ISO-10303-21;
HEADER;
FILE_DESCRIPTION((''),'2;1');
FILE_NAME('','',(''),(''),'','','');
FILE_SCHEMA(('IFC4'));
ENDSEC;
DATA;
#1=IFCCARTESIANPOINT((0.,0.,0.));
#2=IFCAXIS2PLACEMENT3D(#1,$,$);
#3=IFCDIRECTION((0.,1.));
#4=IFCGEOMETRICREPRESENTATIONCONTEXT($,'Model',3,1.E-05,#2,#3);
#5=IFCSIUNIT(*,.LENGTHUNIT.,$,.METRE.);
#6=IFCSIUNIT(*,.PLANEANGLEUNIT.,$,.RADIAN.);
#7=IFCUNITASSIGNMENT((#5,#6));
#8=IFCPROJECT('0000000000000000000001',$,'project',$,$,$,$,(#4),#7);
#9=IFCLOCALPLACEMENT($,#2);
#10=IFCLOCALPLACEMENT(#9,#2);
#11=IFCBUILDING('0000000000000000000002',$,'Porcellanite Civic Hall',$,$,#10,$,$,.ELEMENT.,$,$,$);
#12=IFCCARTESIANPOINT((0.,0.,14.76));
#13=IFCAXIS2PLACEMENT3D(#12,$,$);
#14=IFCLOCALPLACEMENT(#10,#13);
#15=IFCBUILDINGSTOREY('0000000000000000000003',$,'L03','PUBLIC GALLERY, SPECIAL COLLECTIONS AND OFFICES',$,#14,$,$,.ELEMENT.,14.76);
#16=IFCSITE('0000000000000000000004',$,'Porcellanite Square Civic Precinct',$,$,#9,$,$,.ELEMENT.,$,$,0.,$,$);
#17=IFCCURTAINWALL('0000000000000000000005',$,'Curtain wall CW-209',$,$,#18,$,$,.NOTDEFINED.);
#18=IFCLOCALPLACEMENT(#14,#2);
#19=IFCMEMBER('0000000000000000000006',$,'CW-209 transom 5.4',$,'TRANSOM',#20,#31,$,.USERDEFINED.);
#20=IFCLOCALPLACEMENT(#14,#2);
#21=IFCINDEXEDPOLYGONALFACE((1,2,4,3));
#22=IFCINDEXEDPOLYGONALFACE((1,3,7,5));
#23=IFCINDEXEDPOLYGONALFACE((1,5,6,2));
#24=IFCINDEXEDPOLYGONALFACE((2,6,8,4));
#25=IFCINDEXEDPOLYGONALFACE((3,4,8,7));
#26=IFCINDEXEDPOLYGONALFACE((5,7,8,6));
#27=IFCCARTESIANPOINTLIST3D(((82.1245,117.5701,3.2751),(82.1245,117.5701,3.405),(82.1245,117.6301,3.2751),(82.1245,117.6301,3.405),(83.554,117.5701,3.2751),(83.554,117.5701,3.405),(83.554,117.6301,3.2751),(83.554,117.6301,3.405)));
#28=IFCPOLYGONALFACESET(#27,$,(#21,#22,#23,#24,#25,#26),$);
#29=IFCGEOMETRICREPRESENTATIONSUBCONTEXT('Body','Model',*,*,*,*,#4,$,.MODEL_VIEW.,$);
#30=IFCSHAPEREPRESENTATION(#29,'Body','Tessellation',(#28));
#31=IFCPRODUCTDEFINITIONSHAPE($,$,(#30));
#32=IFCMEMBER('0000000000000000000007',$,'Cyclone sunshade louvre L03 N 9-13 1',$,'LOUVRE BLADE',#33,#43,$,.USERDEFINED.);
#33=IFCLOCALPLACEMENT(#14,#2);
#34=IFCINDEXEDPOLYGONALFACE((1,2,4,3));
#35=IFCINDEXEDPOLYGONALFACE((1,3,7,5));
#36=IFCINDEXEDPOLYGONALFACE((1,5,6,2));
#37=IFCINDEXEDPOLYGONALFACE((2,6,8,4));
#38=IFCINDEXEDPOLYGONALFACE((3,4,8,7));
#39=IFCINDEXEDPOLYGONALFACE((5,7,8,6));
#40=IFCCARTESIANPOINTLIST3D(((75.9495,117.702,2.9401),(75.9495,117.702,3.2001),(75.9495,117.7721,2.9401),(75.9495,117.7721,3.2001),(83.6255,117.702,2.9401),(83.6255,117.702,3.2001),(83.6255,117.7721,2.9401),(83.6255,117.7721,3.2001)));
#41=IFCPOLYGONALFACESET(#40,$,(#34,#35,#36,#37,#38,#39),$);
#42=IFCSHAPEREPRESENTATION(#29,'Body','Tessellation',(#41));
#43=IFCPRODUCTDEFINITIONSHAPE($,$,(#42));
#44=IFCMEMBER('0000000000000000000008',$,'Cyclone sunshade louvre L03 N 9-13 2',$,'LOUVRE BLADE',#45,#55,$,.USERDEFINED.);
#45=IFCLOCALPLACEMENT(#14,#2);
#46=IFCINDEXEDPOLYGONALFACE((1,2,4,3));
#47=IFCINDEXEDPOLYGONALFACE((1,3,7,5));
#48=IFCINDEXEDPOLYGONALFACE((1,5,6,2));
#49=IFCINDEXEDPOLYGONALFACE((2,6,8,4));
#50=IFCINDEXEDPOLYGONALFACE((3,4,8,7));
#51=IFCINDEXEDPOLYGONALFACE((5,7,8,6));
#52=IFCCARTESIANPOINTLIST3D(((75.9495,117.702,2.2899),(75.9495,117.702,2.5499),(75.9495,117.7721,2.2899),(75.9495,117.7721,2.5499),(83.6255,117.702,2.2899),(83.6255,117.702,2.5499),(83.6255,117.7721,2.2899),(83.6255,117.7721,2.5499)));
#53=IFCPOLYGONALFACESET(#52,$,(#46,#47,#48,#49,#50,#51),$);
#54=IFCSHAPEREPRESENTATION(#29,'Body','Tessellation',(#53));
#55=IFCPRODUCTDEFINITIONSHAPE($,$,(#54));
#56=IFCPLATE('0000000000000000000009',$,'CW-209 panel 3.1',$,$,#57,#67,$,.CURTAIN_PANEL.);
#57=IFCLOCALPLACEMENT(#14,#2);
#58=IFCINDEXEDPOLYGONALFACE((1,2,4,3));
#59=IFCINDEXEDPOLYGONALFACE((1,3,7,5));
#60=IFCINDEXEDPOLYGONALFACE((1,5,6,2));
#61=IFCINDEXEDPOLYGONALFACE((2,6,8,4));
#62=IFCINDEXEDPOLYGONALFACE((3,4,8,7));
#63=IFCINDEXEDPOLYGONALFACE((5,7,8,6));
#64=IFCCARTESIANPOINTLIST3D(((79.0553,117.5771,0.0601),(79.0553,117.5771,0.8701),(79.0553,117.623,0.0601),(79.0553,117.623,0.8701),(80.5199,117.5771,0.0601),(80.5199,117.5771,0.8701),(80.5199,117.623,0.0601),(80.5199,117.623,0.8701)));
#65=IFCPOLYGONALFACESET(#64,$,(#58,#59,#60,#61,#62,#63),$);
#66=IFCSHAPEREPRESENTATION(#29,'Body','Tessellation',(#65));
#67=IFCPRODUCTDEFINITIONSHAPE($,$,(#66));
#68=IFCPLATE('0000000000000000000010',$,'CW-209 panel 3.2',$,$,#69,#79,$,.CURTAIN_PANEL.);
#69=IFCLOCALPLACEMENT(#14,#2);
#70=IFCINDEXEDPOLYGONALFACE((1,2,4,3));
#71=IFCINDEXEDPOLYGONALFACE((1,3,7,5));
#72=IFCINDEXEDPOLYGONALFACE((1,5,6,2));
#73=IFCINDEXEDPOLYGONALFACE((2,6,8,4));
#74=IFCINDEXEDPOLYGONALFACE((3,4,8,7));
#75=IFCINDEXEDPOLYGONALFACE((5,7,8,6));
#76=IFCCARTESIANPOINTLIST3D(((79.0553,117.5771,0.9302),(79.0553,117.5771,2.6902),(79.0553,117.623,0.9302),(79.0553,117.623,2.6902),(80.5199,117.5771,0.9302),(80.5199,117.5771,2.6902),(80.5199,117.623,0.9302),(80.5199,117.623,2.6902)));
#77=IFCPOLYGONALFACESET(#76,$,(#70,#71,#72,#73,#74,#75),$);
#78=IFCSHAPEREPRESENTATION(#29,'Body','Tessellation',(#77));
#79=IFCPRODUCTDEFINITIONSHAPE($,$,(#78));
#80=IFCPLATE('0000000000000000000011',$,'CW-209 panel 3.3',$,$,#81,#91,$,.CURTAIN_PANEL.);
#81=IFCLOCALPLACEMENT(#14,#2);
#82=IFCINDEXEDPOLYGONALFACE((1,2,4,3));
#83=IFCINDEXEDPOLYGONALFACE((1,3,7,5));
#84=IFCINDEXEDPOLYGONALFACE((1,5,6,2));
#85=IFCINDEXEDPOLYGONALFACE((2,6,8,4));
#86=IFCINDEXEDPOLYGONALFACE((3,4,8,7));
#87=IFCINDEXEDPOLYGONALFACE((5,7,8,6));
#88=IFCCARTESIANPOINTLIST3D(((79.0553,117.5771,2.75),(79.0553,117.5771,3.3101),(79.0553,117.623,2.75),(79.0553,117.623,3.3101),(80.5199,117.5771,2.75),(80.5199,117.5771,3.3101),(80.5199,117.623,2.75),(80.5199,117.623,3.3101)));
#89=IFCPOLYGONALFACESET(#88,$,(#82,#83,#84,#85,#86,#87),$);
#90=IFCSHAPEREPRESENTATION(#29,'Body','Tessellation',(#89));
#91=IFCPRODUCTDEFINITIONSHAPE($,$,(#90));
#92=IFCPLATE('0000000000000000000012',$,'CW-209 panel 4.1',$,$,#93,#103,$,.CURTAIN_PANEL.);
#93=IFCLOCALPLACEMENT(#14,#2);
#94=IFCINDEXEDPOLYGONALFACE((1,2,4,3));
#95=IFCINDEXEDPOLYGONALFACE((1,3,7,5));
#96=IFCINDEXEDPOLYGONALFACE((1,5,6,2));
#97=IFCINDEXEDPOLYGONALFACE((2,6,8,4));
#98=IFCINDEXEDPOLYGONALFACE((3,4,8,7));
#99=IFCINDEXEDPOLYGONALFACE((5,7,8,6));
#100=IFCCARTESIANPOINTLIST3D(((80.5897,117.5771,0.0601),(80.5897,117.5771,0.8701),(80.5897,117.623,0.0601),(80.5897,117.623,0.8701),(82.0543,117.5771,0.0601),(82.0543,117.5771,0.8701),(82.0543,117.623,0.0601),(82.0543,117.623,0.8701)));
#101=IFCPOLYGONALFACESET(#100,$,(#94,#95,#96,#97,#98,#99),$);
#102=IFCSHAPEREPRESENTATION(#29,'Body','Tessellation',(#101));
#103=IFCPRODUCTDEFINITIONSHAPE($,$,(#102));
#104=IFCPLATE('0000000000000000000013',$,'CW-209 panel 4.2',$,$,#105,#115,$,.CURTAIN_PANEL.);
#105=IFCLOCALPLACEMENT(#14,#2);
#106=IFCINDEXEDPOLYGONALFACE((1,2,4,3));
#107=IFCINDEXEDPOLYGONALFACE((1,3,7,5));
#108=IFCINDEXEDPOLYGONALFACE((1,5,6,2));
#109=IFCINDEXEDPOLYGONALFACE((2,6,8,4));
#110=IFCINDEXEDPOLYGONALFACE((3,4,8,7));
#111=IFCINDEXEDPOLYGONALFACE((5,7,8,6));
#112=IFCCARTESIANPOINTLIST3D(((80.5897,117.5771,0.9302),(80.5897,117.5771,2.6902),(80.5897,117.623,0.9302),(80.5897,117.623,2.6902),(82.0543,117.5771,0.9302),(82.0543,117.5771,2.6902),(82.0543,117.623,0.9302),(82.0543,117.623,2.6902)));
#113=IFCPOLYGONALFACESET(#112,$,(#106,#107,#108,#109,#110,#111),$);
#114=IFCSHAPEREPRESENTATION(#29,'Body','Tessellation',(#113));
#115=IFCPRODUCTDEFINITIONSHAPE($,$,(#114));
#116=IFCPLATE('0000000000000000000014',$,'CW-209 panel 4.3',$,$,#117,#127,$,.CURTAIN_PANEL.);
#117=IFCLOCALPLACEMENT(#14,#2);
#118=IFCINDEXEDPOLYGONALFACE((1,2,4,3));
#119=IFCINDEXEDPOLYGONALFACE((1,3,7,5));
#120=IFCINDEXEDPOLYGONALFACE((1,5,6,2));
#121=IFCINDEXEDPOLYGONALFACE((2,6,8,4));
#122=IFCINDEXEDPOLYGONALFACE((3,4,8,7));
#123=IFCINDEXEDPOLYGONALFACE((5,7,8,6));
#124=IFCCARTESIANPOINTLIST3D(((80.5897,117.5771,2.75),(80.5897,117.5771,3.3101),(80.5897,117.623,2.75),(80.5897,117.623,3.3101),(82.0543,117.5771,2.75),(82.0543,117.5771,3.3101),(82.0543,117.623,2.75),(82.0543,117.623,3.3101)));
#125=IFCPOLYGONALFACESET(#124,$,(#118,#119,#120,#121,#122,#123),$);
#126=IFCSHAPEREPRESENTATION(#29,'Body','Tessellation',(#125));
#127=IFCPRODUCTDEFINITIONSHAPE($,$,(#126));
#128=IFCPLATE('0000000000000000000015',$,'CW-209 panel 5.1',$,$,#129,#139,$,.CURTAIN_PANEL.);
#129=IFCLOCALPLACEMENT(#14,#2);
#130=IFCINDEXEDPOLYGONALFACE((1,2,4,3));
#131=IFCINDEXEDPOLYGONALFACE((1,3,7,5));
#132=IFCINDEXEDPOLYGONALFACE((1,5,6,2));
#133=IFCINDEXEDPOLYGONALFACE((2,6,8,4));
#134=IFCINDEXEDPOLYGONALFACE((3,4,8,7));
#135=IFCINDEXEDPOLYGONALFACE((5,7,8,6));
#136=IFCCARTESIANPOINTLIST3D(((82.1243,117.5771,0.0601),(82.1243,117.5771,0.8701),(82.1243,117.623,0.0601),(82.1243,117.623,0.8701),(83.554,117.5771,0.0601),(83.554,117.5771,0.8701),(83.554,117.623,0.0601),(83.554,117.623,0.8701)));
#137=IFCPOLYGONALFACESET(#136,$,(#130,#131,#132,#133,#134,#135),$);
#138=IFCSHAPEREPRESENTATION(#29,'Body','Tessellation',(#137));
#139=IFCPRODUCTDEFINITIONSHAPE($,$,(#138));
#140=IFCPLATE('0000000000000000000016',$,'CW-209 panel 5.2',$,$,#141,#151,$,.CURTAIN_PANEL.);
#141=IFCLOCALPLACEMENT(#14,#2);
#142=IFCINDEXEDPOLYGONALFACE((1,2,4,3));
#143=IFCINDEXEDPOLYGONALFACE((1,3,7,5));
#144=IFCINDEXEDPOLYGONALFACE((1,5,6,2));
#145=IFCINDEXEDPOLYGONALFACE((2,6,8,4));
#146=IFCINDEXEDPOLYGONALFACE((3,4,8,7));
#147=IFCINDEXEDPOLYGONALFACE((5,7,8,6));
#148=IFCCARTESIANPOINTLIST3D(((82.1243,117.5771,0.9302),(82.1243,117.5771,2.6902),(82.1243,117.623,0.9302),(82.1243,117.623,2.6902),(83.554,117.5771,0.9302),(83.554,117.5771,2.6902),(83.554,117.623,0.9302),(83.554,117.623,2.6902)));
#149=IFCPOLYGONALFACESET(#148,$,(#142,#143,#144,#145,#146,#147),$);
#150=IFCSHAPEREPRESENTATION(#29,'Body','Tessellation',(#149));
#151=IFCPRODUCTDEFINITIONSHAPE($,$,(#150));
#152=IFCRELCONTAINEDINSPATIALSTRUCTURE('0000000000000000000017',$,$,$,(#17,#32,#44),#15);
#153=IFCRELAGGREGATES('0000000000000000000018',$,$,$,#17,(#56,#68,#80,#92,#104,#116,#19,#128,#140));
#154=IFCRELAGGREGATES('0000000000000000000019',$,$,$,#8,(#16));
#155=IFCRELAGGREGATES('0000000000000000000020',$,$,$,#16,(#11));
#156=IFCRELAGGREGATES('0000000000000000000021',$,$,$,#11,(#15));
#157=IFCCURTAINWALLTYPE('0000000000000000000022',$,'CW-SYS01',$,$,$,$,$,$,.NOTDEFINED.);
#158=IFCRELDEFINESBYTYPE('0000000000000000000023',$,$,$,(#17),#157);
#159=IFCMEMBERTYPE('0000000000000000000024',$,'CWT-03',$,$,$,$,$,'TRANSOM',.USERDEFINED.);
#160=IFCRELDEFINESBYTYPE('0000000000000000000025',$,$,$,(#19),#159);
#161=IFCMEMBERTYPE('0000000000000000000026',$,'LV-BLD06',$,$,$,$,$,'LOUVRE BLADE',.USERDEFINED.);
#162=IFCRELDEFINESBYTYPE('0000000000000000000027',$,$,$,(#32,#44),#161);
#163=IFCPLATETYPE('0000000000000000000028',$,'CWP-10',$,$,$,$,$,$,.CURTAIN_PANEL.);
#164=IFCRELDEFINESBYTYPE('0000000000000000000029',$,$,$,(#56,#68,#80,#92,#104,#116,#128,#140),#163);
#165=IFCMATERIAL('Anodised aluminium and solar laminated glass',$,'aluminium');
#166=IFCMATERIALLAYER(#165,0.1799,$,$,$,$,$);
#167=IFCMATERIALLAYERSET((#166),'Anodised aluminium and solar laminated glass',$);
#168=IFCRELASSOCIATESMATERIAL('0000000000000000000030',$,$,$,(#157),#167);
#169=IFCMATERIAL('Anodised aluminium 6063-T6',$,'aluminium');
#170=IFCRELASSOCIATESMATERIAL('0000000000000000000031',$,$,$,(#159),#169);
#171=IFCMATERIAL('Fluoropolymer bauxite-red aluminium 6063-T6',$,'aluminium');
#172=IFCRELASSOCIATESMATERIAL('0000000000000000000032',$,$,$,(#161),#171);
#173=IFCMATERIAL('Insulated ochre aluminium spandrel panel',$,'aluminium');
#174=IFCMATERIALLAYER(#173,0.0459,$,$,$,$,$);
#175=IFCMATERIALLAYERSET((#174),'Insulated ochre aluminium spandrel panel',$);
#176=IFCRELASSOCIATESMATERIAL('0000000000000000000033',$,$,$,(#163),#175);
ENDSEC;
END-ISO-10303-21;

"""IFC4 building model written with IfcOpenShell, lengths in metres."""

from ifc_helpers import new_model, si_unit, direction, frame, origin, origin_2d, place, context, subcontext, project, spatial, rectangle, extrude, material, layer, layer_set, material_profile, profile_set, type_object, element, aggregate, save


model = new_model("IFC4")

# Units and contexts
model_context = context("Model", 3, precision=1e-05, world=origin(), true_north=direction((0.0, 1.0)))
body_context = subcontext(model_context, "Body", "Model", "MODEL_VIEW")
ifc_project = project(units=[si_unit("LENGTHUNIT", "METRE"), si_unit("PLANEANGLEUNIT", "RADIAN")], contexts=[model_context])

# Site, building, storey
site_placement = place(None, origin())
site = spatial("IfcSite", under=ifc_project, at=site_placement, Name="Porcellanite Square Civic Precinct", CompositionType="ELEMENT", RefElevation=0.0)
building_placement = place(site_placement, origin())
building = spatial("IfcBuilding", under=site, at=building_placement, Name="Porcellanite Civic Hall", CompositionType="ELEMENT")
storey_placement = place(building_placement, frame((0.0, 0.0, 14.76)))
storey = spatial("IfcBuildingStorey", under=building, at=storey_placement, Name="L03", Description="PUBLIC GALLERY, SPECIAL COLLECTIONS AND OFFICES", CompositionType="ELEMENT", Elevation=14.76)

# Curtain wall, member
ifc_material_1 = material(Name="Anodised aluminium and solar laminated glass", Category="aluminium")
ifc_layer_1 = layer(ifc_material_1, 0.1799)
ifc_layer_set_1 = layer_set([ifc_layer_1], Name="Anodised aluminium and solar laminated glass")
curtain_wall_type = type_object("IfcCurtainWallType", Name="CW-SYS01", PredefinedType="NOTDEFINED", material=ifc_layer_set_1)
curtain_wall_placement = place(storey_placement, origin())
curtain_wall = element("IfcCurtainWall", 1, at=curtain_wall_placement, inside=storey, type_object=curtain_wall_type, Name="Curtain wall CW-209", PredefinedType="NOTDEFINED")
ifc_material_2 = material(Name="Anodised aluminium 6063-T6", Category="aluminium")
ifc_material_profile_1 = material_profile(ifc_material_2, rectangle(XDim=0.0601, YDim=0.1299, at=origin_2d()), Name="AL-60x130")
ifc_profile_set_1 = profile_set([ifc_material_profile_1], Name="Anodised aluminium 6063-T6")
member_type_1 = type_object("IfcMemberType", Name="CWT-03", ElementType="TRANSOM", PredefinedType="USERDEFINED", material=ifc_profile_set_1)
member_1_placement = place(storey_placement, frame((82.1245, 117.6001, 3.3401), z_axis=(1.0, 0.0, 0.0), x_axis=(0.0, 1.0, 0.0)))
member_1 = element("IfcMember", 2, at=member_1_placement, type_object=member_type_1, Name="CW-209 transom 5.4", ObjectType="TRANSOM", PredefinedType="USERDEFINED", context=body_context, shape_type="SweptSolid", body=[
    extrude(rectangle(XDim=0.0601, YDim=0.1299, at=origin_2d()), origin(), (0.0, 0.0, 1.0), 1.4294),
])

# Members
ifc_material_3 = material(Name="Fluoropolymer bauxite-red aluminium 6063-T6", Category="aluminium")
ifc_material_profile_2 = material_profile(ifc_material_3, rectangle(XDim=0.0701, YDim=0.26, at=origin_2d()), Name="AL-70x260")
ifc_profile_set_2 = profile_set([ifc_material_profile_2], Name="Fluoropolymer bauxite-red aluminium 6063-T6")
member_type_2 = type_object("IfcMemberType", Name="LV-BLD06", ElementType="LOUVRE BLADE", PredefinedType="USERDEFINED", material=ifc_profile_set_2)
for number, where, z_axis, x_axis, name in (
    (3, (75.9495, 117.7371, 3.0701), (1.0, 0.0, 0.0), (0.0, 1.0, 0.0), "Cyclone sunshade louvre L03 N 9-13 1"),
    (4, (75.9495, 117.7371, 2.4199), (1.0, 0.0, 0.0), (0.0, 1.0, 0.0), "Cyclone sunshade louvre L03 N 9-13 2"),
):
    element("IfcMember", number, at=place(storey_placement, frame(where, z_axis=z_axis, x_axis=x_axis)), inside=storey, type_object=member_type_2, Name=name, ObjectType="LOUVRE BLADE", PredefinedType="USERDEFINED", context=body_context, shape_type="SweptSolid", body=[
        extrude(rectangle(XDim=0.0701, YDim=0.26, at=origin_2d()), origin(), (0.0, 0.0, 1.0), 7.676),
    ])

# Plates
ifc_material_4 = material(Name="Insulated ochre aluminium spandrel panel", Category="aluminium")
ifc_layer_2 = layer(ifc_material_4, 0.0459)
ifc_layer_set_2 = layer_set([ifc_layer_2], Name="Insulated ochre aluminium spandrel panel")
plate_type = type_object("IfcPlateType", Name="CWP-10", PredefinedType="CURTAIN_PANEL", material=ifc_layer_set_2)
plate_1_placement = place(storey_placement, frame((79.7876, 117.6001, 0.0601), z_axis=(0.0, 0.0, 1.0), x_axis=(1.0, 0.0, 0.0)))
plate_1 = element("IfcPlate", 5, at=plate_1_placement, type_object=plate_type, Name="CW-209 panel 3.1", PredefinedType="CURTAIN_PANEL", context=body_context, shape_type="SweptSolid", body=[
    extrude(rectangle(XDim=1.4646, YDim=0.0459, at=origin_2d()), origin(), (0.0, 0.0, 1.0), 0.8101),
])
plate_2_placement = place(storey_placement, frame((79.7876, 117.6001, 0.9302), z_axis=(0.0, 0.0, 1.0), x_axis=(1.0, 0.0, 0.0)))
plate_2 = element("IfcPlate", 6, at=plate_2_placement, type_object=plate_type, Name="CW-209 panel 3.2", PredefinedType="CURTAIN_PANEL", context=body_context, shape_type="SweptSolid", body=[
    extrude(rectangle(XDim=1.4646, YDim=0.0459, at=origin_2d()), origin(), (0.0, 0.0, 1.0), 1.76),
])
plate_3_placement = place(storey_placement, frame((79.7876, 117.6001, 2.75), z_axis=(0.0, 0.0, 1.0), x_axis=(1.0, 0.0, 0.0)))
plate_3 = element("IfcPlate", 7, at=plate_3_placement, type_object=plate_type, Name="CW-209 panel 3.3", PredefinedType="CURTAIN_PANEL", context=body_context, shape_type="SweptSolid", body=[
    extrude(rectangle(XDim=1.4646, YDim=0.0459, at=origin_2d()), origin(), (0.0, 0.0, 1.0), 0.5601),
])
plate_4_placement = place(storey_placement, frame((81.322, 117.6001, 0.0601), z_axis=(0.0, 0.0, 1.0), x_axis=(1.0, 0.0, 0.0)))
plate_4 = element("IfcPlate", 8, at=plate_4_placement, type_object=plate_type, Name="CW-209 panel 4.1", PredefinedType="CURTAIN_PANEL", context=body_context, shape_type="SweptSolid", body=[
    extrude(rectangle(XDim=1.4646, YDim=0.0459, at=origin_2d()), origin(), (0.0, 0.0, 1.0), 0.8101),
])
plate_5_placement = place(storey_placement, frame((81.322, 117.6001, 0.9302), z_axis=(0.0, 0.0, 1.0), x_axis=(1.0, 0.0, 0.0)))
plate_5 = element("IfcPlate", 9, at=plate_5_placement, type_object=plate_type, Name="CW-209 panel 4.2", PredefinedType="CURTAIN_PANEL", context=body_context, shape_type="SweptSolid", body=[
    extrude(rectangle(XDim=1.4646, YDim=0.0459, at=origin_2d()), origin(), (0.0, 0.0, 1.0), 1.76),
])
plate_6_placement = place(storey_placement, frame((81.322, 117.6001, 2.75), z_axis=(0.0, 0.0, 1.0), x_axis=(1.0, 0.0, 0.0)))
plate_6 = element("IfcPlate", 10, at=plate_6_placement, type_object=plate_type, Name="CW-209 panel 4.3", PredefinedType="CURTAIN_PANEL", context=body_context, shape_type="SweptSolid", body=[
    extrude(rectangle(XDim=1.4646, YDim=0.0459, at=origin_2d()), origin(), (0.0, 0.0, 1.0), 0.5601),
])
plate_7_placement = place(storey_placement, frame((82.8391, 117.6001, 0.0601), z_axis=(0.0, 0.0, 1.0), x_axis=(1.0, 0.0, 0.0)))
plate_7 = element("IfcPlate", 11, at=plate_7_placement, type_object=plate_type, Name="CW-209 panel 5.1", PredefinedType="CURTAIN_PANEL", context=body_context, shape_type="SweptSolid", body=[
    extrude(rectangle(XDim=1.4297, YDim=0.0459, at=origin_2d()), origin(), (0.0, 0.0, 1.0), 0.8101),
])
plate_8_placement = place(storey_placement, frame((82.8391, 117.6001, 0.9302), z_axis=(0.0, 0.0, 1.0), x_axis=(1.0, 0.0, 0.0)))
plate_8 = element("IfcPlate", 12, at=plate_8_placement, type_object=plate_type, Name="CW-209 panel 5.2", PredefinedType="CURTAIN_PANEL", context=body_context, shape_type="SweptSolid", body=[
    extrude(rectangle(XDim=1.4297, YDim=0.0459, at=origin_2d()), origin(), (0.0, 0.0, 1.0), 1.76),
])
aggregate(curtain_wall, [plate_1, plate_2, plate_3, plate_4, plate_5, plate_6, member_1, plate_7, plate_8])

save(model, "model.ifc")
